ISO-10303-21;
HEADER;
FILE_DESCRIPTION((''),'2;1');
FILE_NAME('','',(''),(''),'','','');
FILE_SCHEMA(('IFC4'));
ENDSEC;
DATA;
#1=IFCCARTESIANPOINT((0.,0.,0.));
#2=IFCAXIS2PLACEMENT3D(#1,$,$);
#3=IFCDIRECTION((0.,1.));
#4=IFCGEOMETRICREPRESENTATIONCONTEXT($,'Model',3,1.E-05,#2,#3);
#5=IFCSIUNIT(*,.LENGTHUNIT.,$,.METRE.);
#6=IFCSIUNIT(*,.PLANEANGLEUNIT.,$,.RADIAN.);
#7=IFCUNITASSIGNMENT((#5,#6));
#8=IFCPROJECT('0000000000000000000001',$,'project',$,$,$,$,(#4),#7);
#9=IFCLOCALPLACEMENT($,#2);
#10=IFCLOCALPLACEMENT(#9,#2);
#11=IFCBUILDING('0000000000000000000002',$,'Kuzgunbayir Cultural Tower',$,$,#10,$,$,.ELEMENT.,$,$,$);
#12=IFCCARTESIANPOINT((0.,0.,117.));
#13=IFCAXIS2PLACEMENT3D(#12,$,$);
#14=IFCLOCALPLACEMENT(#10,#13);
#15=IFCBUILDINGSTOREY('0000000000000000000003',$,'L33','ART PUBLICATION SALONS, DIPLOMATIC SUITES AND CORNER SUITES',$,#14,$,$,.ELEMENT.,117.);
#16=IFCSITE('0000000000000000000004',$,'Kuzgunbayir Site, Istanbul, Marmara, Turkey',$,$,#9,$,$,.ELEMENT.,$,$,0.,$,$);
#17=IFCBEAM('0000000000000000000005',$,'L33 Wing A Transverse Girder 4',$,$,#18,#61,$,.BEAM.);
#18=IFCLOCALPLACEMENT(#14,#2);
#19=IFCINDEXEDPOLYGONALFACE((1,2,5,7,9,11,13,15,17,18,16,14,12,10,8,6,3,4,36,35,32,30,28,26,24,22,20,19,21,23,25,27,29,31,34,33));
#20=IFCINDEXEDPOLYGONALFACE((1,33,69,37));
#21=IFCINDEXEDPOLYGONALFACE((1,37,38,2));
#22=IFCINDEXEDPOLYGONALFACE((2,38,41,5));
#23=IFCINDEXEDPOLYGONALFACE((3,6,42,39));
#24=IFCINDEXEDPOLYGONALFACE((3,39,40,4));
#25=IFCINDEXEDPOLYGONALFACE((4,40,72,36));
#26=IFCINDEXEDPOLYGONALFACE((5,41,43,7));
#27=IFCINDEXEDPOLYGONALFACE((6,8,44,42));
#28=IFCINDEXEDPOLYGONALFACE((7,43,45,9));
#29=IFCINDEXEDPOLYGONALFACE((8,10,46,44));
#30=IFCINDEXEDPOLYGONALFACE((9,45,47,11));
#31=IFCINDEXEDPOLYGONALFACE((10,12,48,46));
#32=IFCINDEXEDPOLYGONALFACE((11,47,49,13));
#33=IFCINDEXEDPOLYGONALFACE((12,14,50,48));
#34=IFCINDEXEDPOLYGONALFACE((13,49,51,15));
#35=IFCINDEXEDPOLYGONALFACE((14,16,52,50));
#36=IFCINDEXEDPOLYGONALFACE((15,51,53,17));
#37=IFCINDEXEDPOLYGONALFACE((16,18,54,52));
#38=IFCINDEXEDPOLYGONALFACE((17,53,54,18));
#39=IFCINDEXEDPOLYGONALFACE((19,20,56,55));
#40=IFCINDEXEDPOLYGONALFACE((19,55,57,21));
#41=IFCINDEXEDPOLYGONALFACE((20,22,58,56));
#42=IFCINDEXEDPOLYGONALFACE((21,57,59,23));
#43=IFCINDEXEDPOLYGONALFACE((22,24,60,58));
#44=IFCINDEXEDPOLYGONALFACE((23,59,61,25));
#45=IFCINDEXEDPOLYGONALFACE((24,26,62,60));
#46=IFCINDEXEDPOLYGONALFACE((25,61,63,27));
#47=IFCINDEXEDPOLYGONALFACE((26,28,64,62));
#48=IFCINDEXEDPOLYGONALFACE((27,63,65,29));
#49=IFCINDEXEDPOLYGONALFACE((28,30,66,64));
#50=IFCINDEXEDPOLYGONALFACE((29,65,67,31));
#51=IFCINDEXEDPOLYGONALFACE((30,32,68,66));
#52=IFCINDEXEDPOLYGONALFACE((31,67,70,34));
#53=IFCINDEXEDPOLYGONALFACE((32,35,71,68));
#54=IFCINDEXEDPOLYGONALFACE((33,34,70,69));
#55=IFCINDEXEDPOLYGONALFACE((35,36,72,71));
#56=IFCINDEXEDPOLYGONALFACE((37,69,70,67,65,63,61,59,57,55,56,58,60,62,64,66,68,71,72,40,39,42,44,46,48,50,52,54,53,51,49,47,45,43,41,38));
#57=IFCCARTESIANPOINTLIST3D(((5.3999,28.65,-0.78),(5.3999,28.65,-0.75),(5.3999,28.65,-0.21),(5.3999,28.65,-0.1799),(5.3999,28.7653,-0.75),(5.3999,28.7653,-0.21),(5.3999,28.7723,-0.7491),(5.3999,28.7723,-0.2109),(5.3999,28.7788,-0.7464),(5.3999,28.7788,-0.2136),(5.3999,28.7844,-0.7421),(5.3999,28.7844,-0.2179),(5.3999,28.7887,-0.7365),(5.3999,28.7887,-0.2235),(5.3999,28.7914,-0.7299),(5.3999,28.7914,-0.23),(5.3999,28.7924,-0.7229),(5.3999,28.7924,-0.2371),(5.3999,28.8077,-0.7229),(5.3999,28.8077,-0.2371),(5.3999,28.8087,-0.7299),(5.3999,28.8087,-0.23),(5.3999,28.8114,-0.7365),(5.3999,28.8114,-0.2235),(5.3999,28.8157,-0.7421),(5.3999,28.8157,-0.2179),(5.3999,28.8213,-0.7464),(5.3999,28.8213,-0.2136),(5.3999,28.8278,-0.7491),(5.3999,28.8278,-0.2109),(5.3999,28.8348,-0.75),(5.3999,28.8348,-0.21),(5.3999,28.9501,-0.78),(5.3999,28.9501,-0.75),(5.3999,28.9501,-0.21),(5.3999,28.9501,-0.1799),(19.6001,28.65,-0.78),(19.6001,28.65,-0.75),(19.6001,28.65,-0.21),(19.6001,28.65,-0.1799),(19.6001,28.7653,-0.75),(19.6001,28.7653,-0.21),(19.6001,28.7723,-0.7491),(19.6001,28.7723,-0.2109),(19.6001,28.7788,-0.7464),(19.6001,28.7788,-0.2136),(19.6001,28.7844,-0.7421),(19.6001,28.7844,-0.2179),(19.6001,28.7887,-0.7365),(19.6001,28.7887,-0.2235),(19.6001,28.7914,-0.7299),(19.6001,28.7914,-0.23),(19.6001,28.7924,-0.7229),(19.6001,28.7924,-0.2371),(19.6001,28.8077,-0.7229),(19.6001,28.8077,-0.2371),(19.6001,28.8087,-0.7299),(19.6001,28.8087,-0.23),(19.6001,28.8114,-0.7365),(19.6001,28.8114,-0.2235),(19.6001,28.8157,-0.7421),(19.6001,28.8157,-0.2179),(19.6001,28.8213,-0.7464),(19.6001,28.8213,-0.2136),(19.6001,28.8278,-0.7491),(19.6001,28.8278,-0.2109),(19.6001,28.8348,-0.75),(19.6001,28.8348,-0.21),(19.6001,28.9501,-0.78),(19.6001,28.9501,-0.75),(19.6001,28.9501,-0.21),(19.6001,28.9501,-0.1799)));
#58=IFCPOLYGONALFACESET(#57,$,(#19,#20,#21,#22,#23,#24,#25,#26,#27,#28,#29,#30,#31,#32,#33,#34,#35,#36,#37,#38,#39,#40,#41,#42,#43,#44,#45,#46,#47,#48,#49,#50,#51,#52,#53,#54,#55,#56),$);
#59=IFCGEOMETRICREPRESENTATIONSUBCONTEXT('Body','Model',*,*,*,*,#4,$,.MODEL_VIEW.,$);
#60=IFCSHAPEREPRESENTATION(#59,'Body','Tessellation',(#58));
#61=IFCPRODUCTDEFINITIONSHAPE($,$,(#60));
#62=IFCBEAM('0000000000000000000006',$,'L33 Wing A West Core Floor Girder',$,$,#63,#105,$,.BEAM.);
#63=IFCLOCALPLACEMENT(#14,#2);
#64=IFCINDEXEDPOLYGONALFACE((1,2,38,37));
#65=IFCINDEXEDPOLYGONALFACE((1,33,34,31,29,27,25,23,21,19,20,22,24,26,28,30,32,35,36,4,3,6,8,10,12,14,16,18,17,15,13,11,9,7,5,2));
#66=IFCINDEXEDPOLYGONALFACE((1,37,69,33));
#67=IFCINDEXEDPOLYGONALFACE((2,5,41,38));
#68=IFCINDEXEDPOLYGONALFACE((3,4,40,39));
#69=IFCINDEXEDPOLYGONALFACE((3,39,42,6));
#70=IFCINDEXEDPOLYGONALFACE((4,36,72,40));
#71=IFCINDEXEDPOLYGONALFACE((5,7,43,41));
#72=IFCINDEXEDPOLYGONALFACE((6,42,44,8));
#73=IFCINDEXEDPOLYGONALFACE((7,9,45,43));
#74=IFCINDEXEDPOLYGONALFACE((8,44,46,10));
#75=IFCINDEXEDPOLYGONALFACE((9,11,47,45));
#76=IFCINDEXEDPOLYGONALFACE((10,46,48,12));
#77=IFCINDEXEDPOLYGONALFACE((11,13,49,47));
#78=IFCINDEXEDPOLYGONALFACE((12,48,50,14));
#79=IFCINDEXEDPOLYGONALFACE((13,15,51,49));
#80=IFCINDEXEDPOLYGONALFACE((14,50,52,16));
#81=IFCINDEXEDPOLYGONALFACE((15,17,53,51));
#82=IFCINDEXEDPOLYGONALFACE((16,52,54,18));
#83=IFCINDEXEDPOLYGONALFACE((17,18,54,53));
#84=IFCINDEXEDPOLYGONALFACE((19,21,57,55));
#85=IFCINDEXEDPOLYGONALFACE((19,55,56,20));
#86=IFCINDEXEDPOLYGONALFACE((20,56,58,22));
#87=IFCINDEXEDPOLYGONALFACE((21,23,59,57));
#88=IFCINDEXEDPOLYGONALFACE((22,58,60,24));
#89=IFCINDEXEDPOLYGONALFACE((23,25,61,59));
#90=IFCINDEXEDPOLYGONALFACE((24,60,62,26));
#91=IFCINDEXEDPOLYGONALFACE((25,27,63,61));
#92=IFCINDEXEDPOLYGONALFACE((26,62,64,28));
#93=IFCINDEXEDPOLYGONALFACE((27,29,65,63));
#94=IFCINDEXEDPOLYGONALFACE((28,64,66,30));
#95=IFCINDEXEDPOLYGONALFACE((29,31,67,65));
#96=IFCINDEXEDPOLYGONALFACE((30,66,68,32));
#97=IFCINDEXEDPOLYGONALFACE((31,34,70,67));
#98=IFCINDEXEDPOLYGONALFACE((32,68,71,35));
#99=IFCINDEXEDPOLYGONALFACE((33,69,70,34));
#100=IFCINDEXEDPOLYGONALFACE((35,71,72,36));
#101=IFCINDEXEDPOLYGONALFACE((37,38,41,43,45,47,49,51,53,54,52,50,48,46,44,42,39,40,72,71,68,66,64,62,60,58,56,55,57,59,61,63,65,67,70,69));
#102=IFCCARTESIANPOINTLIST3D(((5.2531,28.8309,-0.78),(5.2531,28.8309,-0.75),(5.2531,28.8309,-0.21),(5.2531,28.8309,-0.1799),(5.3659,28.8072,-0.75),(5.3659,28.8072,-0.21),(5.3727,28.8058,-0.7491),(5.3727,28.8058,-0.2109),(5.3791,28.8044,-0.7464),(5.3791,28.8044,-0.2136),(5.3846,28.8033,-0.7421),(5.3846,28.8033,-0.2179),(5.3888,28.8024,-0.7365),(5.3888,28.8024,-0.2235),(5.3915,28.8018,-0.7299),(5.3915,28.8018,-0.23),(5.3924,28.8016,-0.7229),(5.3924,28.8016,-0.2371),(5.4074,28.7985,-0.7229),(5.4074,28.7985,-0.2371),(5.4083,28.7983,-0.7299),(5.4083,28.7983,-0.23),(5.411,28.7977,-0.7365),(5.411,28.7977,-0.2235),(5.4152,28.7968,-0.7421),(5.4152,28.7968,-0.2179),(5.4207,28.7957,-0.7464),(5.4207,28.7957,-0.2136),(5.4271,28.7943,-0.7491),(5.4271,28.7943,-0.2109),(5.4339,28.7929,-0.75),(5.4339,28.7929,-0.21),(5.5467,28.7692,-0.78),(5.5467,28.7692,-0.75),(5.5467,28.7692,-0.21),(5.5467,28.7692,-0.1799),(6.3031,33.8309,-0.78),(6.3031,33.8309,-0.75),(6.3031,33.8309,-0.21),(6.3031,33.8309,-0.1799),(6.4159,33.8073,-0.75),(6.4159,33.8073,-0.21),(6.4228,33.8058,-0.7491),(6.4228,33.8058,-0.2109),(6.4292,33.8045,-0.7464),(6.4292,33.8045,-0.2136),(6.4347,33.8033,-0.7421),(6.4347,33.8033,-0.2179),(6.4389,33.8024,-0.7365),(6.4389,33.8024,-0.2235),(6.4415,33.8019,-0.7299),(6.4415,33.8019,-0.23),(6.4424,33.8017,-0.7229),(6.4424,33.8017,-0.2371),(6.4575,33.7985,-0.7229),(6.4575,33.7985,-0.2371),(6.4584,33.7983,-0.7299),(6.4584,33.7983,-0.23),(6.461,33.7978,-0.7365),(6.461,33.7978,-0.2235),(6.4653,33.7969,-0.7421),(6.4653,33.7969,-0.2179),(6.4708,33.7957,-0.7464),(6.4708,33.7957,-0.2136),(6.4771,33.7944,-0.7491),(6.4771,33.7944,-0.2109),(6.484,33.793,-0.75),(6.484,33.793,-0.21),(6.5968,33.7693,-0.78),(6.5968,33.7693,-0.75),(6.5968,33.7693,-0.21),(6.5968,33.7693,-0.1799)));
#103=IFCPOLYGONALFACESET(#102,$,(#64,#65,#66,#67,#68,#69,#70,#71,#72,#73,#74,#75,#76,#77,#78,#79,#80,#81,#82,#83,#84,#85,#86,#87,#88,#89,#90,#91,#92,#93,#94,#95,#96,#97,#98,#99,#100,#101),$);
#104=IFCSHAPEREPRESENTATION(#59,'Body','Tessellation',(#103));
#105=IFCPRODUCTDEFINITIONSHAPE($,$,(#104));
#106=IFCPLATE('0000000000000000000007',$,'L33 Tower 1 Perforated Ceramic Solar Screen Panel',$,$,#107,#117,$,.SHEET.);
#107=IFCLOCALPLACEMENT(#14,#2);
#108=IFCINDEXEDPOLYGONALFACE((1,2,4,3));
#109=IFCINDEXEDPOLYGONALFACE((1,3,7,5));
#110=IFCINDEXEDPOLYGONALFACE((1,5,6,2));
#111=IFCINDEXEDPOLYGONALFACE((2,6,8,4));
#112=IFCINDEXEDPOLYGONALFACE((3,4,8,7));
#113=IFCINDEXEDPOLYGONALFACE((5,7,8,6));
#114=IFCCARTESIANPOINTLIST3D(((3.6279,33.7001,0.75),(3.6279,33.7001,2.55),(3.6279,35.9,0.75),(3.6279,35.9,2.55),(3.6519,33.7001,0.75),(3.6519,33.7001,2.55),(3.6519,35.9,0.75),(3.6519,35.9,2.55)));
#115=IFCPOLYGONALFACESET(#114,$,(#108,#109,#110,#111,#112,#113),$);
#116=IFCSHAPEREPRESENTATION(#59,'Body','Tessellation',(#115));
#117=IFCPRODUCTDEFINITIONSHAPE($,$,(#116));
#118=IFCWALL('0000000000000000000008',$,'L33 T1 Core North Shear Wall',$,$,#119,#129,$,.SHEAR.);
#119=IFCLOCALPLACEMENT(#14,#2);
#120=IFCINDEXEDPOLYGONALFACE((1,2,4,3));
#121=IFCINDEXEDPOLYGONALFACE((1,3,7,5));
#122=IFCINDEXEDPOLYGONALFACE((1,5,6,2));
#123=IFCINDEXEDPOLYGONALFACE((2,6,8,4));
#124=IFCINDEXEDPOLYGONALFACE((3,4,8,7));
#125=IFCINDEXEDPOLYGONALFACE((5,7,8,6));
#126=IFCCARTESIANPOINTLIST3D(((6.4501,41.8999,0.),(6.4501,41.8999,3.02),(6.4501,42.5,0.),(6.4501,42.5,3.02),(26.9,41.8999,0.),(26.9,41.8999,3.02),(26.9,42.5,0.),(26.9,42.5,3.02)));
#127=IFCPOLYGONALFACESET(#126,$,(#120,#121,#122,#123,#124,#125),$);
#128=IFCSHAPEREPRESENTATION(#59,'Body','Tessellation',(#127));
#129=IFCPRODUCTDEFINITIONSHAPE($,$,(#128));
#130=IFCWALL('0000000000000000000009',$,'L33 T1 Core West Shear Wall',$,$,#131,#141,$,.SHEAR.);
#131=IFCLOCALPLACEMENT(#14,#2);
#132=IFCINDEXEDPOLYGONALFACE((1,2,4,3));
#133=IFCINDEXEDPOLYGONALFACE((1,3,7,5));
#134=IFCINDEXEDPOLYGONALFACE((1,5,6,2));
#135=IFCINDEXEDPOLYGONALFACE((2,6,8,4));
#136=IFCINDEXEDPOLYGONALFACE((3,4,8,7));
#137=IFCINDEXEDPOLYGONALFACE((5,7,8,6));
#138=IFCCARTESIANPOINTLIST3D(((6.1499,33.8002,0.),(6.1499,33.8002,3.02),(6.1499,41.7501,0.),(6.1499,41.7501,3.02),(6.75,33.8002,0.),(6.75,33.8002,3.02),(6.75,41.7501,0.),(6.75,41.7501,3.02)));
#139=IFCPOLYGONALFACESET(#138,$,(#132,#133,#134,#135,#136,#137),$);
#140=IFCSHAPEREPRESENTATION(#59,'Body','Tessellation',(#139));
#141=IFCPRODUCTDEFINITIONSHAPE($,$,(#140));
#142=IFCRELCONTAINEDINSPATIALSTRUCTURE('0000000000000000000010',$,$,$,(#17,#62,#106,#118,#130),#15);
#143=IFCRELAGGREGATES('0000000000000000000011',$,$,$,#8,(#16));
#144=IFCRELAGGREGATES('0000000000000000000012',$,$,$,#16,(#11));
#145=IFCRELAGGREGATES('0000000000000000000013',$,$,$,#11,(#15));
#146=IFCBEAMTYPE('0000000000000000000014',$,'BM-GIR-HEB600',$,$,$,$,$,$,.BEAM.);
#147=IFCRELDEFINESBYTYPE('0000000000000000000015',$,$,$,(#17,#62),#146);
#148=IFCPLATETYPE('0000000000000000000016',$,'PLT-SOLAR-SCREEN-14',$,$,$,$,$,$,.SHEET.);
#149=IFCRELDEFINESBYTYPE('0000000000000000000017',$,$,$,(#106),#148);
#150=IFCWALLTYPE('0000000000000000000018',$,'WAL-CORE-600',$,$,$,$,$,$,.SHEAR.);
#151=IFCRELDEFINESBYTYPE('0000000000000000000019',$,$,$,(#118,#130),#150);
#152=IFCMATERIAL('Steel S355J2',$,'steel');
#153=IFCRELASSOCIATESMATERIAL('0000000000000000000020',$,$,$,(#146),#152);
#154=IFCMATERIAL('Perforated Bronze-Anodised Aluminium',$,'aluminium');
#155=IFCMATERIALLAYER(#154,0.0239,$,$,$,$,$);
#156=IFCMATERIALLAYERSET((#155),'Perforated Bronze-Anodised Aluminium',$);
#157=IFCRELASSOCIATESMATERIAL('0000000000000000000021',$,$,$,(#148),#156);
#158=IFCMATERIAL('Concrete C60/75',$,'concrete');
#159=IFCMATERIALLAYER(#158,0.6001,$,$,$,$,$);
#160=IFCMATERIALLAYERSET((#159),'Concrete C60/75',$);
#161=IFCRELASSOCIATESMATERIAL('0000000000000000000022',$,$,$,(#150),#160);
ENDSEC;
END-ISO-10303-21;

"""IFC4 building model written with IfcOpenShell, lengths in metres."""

from ifc_helpers import new_model, si_unit, direction, frame, frame_2d, origin, origin_2d, place, context, subcontext, project, spatial, rectangle, i_section, extrude, material, layer, layer_set, material_profile, profile_set, type_object, element, save


model = new_model("IFC4")

# Units and contexts
model_context = context("Model", 3, precision=1e-05, world=origin(), true_north=direction((0.0, 1.0)))
body_context = subcontext(model_context, "Body", "Model", "MODEL_VIEW")
ifc_project = project(units=[si_unit("LENGTHUNIT", "METRE"), si_unit("PLANEANGLEUNIT", "RADIAN")], contexts=[model_context])

# Site, building, storey
site_placement = place(None, origin())
site = spatial("IfcSite", under=ifc_project, at=site_placement, Name="Kuzgunbayir Site, Istanbul, Marmara, Turkey", CompositionType="ELEMENT", RefElevation=0.0)
building_placement = place(site_placement, origin())
building = spatial("IfcBuilding", under=site, at=building_placement, Name="Kuzgunbayir Cultural Tower", CompositionType="ELEMENT")
storey_placement = place(building_placement, frame((0.0, 0.0, 117.0)))
storey = spatial("IfcBuildingStorey", under=building, at=storey_placement, Name="L33", Description="ART PUBLICATION SALONS, DIPLOMATIC SUITES AND CORNER SUITES", CompositionType="ELEMENT", Elevation=117.0)

# Beams
ifc_material_1 = material(Name="Steel S355J2", Category="steel")
ifc_material_profile_1 = material_profile(ifc_material_1, i_section(OverallWidth=0.3, OverallDepth=0.6001, WebThickness=0.0154, FlangeThickness=0.03, FilletRadius=0.0271, at=origin_2d()), Name="HEB 600")
ifc_profile_set_1 = profile_set([ifc_material_profile_1], Name="Steel S355J2")
beam_type = type_object("IfcBeamType", Name="BM-GIR-HEB600", PredefinedType="BEAM", material=ifc_profile_set_1)
beam_1_placement = place(storey_placement, frame((5.3999, 28.8, -0.48), z_axis=(1.0, 0.0, 0.0), x_axis=(0.0, 1.0, 0.0)))
element("IfcBeam", 1, at=beam_1_placement, inside=storey, type_object=beam_type, Name="L33 Wing A Transverse Girder 4", PredefinedType="BEAM", context=body_context, shape_type="SweptSolid", body=[
    extrude(i_section(OverallWidth=0.3, OverallDepth=0.6001, WebThickness=0.0154, FlangeThickness=0.03, FilletRadius=0.0271, at=origin_2d()), origin(), (0.0, 0.0, 1.0), 14.2002),
])
beam_2_placement = place(storey_placement, frame((5.3999, 28.8, -0.48), z_axis=(0.205526, 0.978652, 0.0), x_axis=(-0.978652, 0.205526, 0.0)))
element("IfcBeam", 2, at=beam_2_placement, inside=storey, type_object=beam_type, Name="L33 Wing A West Core Floor Girder", PredefinedType="BEAM", context=body_context, shape_type="SweptSolid", body=[
    extrude(i_section(OverallWidth=0.3, OverallDepth=0.6001, WebThickness=0.0154, FlangeThickness=0.03, FilletRadius=0.0271, at=origin_2d()), origin(), (0.0, 0.0, 1.0), 5.1091),
])

# Plate
ifc_material_2 = material(Name="Perforated Bronze-Anodised Aluminium", Category="aluminium")
ifc_layer_1 = layer(ifc_material_2, 0.0239)
ifc_layer_set_1 = layer_set([ifc_layer_1], Name="Perforated Bronze-Anodised Aluminium")
plate_type = type_object("IfcPlateType", Name="PLT-SOLAR-SCREEN-14", PredefinedType="SHEET", material=ifc_layer_set_1)
plate_placement = place(storey_placement, frame((3.6399, 34.8, 0.75), z_axis=(0.0, 0.0, 1.0), x_axis=(1.0, 0.0, 0.0)))
element("IfcPlate", 3, at=plate_placement, inside=storey, type_object=plate_type, Name="L33 Tower 1 Perforated Ceramic Solar Screen Panel", PredefinedType="SHEET", context=body_context, shape_type="SweptSolid", body=[
    extrude(rectangle(XDim=0.0239, YDim=2.2, at=origin_2d()), origin(), (0.0, 0.0, 1.0), 1.8),
])

# Walls
ifc_material_3 = material(Name="Concrete C60/75", Category="concrete")
ifc_layer_2 = layer(ifc_material_3, 0.6001)
ifc_layer_set_2 = layer_set([ifc_layer_2], Name="Concrete C60/75")
wall_type_1 = type_object("IfcWallType", Name="WAL-CORE-600", PredefinedType="SHEAR", material=ifc_layer_set_2)
wall_1_placement = place(storey_placement, frame((6.45, 42.2, 0.0), z_axis=(0.0, 0.0, 1.0), x_axis=(1.0, 0.0, 0.0)))
element("IfcWall", 4, at=wall_1_placement, inside=storey, type_object=wall_type_1, Name="L33 T1 Core North Shear Wall", PredefinedType="SHEAR", context=body_context, shape_type="SweptSolid", body=[
    extrude(rectangle(XDim=20.45, YDim=0.6001, at=frame_2d((10.2251, 0.0))), origin(), (0.0, 0.0, 1.0), 3.02),
])
wall_2_placement = place(storey_placement, frame((6.45, 33.8, 0.0), z_axis=(0.0, 0.0, 1.0), x_axis=(0.0, 1.0, 0.0)))
element("IfcWall", 5, at=wall_2_placement, inside=storey, type_object=wall_type_1, Name="L33 T1 Core West Shear Wall", PredefinedType="SHEAR", context=body_context, shape_type="SweptSolid", body=[
    extrude(rectangle(XDim=7.95, YDim=0.6001, at=frame_2d((3.9751, 0.0))), origin(), (0.0, 0.0, 1.0), 3.02),
])

save(model, "model.ifc")
